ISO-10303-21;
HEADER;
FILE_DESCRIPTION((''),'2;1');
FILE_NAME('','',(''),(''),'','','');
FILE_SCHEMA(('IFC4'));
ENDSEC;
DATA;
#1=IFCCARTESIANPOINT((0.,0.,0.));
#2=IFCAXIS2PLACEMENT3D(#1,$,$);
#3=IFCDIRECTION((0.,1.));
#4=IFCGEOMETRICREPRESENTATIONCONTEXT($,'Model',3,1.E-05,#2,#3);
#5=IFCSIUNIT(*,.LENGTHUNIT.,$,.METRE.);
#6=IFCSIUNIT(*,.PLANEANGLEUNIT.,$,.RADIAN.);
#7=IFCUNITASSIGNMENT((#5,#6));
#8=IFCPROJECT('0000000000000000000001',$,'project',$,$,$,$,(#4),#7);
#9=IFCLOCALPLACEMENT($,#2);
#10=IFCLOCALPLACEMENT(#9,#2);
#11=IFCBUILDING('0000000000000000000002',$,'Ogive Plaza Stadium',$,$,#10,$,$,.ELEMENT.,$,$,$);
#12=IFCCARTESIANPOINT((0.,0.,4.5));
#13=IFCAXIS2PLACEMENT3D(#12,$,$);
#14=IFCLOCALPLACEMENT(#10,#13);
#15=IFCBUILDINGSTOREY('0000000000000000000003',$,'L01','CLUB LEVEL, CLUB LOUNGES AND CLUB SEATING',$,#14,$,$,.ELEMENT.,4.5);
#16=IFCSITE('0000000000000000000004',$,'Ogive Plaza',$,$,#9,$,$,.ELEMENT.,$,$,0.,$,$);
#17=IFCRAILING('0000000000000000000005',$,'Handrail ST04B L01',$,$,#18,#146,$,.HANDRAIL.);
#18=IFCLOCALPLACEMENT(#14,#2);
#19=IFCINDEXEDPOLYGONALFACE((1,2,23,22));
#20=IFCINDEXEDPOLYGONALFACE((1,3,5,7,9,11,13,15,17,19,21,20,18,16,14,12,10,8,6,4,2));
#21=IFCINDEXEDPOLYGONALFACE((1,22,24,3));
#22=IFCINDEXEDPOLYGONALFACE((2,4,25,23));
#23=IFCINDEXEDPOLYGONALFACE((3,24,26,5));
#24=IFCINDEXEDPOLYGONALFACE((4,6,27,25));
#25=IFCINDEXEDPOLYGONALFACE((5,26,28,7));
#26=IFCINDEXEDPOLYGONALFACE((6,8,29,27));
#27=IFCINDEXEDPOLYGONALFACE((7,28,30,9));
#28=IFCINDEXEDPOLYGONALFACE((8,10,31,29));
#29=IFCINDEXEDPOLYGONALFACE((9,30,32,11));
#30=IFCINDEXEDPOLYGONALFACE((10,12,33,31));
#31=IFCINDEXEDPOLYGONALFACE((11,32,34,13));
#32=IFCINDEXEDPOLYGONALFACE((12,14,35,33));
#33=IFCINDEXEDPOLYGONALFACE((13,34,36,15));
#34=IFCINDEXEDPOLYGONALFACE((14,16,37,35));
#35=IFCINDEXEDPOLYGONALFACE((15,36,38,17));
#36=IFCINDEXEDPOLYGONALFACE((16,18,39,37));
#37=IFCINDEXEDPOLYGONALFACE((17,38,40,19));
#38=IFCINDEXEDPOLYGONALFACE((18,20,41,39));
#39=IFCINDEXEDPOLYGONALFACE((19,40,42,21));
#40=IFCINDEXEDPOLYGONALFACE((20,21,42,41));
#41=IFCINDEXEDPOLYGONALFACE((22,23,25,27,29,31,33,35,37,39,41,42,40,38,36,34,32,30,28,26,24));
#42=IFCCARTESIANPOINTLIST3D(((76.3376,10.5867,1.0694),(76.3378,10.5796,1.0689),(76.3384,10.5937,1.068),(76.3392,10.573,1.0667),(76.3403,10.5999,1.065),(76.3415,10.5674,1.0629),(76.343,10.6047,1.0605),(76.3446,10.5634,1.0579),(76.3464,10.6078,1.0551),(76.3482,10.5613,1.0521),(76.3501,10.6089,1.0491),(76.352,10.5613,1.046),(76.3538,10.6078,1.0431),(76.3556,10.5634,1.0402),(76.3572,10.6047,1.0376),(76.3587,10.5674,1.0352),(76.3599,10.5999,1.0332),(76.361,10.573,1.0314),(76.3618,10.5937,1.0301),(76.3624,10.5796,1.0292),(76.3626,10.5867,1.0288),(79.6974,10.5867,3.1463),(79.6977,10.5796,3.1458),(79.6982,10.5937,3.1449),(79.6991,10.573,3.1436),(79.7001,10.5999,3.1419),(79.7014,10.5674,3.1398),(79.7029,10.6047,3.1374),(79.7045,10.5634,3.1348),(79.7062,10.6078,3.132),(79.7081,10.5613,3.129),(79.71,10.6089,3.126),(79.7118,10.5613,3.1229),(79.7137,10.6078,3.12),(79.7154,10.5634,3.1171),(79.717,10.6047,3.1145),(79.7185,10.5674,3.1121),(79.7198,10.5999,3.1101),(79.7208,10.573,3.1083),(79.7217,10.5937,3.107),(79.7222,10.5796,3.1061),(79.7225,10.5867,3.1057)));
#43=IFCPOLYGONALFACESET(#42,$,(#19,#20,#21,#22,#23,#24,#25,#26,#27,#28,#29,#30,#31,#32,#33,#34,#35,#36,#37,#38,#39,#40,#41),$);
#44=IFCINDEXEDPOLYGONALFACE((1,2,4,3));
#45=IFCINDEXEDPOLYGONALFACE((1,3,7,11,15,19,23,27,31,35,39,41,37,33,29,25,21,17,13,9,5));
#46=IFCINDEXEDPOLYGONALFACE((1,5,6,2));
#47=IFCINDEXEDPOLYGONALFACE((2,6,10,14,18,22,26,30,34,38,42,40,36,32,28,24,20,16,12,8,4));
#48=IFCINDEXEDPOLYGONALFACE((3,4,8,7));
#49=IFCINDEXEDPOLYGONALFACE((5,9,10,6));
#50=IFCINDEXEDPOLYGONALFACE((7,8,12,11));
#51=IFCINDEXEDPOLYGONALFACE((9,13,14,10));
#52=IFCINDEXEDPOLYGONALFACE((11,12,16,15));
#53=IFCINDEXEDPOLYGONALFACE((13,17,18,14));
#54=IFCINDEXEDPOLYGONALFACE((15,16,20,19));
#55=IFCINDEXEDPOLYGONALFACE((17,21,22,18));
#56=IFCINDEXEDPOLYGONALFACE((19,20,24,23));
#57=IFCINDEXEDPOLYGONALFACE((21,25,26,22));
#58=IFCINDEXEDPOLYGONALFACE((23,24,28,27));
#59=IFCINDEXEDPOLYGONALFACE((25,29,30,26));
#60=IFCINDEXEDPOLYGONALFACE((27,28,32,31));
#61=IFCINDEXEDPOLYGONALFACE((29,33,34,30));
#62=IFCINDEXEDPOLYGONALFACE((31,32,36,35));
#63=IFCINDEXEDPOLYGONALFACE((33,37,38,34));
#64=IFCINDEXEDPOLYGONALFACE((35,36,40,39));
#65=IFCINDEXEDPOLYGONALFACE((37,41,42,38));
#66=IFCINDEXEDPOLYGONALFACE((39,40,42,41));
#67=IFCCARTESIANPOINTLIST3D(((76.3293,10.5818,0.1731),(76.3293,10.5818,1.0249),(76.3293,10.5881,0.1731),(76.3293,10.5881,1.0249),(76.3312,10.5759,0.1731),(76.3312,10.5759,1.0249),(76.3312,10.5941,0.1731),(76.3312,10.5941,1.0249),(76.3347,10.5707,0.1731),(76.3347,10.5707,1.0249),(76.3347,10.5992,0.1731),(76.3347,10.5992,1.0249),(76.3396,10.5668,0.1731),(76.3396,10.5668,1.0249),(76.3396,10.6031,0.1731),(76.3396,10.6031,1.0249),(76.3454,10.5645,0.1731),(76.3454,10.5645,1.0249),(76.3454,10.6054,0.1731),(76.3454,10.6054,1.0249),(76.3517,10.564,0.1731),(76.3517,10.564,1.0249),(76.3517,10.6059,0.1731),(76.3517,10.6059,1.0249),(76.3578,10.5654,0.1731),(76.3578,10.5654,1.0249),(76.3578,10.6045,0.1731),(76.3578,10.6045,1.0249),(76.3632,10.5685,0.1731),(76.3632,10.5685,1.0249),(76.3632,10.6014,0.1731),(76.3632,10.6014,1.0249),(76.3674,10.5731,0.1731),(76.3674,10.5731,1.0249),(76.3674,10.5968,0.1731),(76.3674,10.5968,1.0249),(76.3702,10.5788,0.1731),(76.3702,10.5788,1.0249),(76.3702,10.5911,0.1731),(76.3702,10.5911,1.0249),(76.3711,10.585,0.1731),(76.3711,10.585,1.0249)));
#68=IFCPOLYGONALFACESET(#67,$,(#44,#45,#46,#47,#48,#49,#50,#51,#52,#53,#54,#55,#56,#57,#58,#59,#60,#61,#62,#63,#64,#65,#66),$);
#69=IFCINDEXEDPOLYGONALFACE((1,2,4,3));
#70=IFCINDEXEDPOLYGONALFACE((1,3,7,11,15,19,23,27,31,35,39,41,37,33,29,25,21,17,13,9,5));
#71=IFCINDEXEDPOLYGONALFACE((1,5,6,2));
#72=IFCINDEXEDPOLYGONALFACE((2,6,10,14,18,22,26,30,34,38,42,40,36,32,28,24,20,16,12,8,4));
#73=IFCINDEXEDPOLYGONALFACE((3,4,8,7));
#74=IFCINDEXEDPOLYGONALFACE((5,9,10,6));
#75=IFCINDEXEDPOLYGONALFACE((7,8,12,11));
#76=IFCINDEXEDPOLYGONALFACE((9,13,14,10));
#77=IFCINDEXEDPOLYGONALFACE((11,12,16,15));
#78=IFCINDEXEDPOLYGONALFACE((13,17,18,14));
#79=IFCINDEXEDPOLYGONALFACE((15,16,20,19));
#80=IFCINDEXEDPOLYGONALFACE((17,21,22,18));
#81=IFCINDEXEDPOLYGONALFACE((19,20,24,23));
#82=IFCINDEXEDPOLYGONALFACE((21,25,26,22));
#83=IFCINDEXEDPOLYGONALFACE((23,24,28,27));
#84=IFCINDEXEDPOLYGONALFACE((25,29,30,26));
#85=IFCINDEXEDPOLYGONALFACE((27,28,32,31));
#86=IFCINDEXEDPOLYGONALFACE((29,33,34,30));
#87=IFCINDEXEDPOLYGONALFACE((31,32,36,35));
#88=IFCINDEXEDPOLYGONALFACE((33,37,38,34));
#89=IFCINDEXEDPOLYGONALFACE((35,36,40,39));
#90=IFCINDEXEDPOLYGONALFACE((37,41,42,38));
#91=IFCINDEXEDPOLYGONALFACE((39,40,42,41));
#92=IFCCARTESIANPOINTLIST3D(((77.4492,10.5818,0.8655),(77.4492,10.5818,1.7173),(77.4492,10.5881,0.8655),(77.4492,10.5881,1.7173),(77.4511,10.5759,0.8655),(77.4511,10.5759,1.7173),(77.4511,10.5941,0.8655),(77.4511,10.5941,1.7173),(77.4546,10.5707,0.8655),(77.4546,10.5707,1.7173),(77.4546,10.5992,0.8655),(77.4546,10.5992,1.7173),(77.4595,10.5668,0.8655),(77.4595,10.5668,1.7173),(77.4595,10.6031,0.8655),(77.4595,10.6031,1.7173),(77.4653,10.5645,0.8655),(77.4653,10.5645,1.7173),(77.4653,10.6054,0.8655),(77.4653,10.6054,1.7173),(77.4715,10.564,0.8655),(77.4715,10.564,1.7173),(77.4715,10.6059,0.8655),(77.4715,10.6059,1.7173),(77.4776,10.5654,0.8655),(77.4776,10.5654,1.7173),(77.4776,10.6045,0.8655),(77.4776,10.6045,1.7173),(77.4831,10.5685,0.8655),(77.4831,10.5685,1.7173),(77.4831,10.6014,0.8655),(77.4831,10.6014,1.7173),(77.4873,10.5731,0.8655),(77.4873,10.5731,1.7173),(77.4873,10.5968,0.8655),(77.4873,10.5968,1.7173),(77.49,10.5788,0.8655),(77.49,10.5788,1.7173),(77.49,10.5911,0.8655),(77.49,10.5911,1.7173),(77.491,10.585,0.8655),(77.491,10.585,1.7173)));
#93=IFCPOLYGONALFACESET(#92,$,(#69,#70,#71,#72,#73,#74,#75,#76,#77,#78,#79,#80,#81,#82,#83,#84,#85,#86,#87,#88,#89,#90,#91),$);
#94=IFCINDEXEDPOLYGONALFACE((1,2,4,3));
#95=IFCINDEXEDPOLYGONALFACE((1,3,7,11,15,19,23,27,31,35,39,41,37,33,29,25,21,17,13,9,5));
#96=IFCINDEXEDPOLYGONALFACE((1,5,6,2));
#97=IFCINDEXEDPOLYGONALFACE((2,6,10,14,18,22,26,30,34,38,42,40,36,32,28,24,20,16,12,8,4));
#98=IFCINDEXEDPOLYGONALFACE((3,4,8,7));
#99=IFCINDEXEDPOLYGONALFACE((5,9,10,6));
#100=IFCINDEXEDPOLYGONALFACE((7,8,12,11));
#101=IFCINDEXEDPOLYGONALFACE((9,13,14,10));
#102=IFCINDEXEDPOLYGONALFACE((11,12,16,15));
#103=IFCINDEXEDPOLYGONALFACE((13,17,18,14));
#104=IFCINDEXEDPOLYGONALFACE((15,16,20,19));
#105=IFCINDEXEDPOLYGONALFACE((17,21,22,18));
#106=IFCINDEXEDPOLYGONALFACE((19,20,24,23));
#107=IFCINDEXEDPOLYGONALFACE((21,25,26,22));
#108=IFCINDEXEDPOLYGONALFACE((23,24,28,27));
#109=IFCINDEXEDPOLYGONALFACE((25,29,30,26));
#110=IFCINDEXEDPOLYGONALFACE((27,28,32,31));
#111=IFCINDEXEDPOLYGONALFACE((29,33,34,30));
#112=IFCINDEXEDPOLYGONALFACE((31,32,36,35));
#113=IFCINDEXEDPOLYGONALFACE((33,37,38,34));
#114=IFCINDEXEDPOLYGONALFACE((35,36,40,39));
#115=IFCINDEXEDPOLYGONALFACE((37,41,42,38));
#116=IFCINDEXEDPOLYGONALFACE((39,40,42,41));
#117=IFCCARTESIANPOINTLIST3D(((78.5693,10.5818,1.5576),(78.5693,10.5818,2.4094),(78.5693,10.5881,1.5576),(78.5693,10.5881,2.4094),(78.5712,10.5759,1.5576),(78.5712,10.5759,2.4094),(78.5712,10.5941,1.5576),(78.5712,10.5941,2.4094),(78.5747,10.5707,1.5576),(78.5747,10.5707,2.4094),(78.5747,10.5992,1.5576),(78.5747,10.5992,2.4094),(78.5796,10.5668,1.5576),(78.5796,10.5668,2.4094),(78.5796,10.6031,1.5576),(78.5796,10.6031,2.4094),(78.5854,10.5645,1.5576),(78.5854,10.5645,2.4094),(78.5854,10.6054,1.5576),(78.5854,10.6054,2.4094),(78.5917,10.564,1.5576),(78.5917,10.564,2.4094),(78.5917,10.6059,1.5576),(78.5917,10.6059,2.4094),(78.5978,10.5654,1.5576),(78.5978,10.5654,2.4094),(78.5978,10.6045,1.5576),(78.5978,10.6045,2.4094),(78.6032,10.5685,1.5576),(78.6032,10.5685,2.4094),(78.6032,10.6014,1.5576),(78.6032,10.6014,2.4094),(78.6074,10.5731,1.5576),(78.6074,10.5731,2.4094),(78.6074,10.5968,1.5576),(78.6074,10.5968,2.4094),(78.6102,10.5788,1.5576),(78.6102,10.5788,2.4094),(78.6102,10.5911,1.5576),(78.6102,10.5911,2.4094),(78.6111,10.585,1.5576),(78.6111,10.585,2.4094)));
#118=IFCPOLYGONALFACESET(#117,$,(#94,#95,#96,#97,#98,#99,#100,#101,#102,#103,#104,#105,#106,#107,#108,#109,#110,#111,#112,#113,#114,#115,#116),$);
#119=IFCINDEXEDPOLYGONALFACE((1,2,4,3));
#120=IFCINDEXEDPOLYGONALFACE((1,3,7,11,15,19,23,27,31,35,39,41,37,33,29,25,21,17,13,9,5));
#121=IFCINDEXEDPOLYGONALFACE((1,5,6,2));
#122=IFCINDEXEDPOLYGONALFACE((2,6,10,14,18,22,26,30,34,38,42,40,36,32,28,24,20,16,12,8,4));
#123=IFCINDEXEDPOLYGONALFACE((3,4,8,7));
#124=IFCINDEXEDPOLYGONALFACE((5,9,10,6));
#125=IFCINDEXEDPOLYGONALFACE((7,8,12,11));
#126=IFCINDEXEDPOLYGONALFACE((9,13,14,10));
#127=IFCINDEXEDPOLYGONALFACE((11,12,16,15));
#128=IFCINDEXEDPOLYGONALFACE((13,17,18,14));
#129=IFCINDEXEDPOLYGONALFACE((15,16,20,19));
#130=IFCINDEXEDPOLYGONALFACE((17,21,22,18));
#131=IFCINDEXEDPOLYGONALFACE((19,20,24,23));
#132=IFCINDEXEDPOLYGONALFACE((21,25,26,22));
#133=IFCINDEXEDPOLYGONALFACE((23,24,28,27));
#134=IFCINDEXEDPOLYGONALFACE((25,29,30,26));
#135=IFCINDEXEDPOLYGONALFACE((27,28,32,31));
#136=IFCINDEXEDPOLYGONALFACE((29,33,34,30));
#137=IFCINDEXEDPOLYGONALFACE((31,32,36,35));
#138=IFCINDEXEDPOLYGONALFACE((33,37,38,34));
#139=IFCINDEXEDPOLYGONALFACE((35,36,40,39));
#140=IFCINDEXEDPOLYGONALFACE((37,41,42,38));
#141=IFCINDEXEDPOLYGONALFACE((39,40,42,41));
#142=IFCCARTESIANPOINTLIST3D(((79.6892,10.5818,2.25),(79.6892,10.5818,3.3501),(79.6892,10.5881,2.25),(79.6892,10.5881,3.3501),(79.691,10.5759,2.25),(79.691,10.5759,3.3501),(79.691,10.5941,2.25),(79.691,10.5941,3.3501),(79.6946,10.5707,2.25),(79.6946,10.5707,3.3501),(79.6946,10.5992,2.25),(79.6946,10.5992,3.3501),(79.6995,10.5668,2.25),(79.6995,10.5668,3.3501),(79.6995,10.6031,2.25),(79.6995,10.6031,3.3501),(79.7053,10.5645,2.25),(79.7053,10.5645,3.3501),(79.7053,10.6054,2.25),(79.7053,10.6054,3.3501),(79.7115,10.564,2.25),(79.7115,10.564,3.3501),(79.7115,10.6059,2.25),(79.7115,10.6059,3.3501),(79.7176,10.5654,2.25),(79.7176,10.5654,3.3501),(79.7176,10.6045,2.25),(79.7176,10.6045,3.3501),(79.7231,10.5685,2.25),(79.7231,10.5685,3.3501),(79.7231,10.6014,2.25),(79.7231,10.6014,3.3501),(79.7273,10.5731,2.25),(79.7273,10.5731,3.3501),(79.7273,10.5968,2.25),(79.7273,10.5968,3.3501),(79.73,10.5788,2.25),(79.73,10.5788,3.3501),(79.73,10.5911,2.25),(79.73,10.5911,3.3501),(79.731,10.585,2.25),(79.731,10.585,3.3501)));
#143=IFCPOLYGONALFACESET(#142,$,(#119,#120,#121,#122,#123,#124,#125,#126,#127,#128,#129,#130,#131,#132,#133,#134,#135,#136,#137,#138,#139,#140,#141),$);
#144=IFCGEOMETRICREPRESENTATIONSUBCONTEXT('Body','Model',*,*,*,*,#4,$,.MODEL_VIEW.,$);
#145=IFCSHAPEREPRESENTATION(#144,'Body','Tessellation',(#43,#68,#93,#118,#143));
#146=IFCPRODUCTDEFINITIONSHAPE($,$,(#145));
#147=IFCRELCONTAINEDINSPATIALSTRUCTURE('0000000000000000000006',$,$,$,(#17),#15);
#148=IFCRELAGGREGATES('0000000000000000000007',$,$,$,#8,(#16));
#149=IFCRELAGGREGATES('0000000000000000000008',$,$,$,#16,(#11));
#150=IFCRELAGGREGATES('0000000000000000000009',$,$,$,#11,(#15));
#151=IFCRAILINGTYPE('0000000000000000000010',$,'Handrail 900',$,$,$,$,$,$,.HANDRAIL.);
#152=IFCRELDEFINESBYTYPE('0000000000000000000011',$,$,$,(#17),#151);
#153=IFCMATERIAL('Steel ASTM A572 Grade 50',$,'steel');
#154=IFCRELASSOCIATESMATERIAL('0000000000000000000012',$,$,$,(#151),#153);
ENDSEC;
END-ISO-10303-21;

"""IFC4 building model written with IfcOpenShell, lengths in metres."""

from ifc_helpers import new_model, si_unit, direction, frame, origin, origin_2d, place, context, subcontext, project, spatial, circle, extrude, material, type_object, element, save


model = new_model("IFC4")

# Units and contexts
model_context = context("Model", 3, precision=1e-05, world=origin(), true_north=direction((0.0, 1.0)))
body_context = subcontext(model_context, "Body", "Model", "MODEL_VIEW")
ifc_project = project(units=[si_unit("LENGTHUNIT", "METRE"), si_unit("PLANEANGLEUNIT", "RADIAN")], contexts=[model_context])

# Site, building, storey
site_placement = place(None, origin())
site = spatial("IfcSite", under=ifc_project, at=site_placement, Name="Ogive Plaza", CompositionType="ELEMENT", RefElevation=0.0)
building_placement = place(site_placement, origin())
building = spatial("IfcBuilding", under=site, at=building_placement, Name="Ogive Plaza Stadium", CompositionType="ELEMENT")
storey_placement = place(building_placement, frame((0.0, 0.0, 4.5)))
storey = spatial("IfcBuildingStorey", under=building, at=storey_placement, Name="L01", Description="CLUB LEVEL, CLUB LOUNGES AND CLUB SEATING", CompositionType="ELEMENT", Elevation=4.5)

# Railing
ifc_material_1 = material(Name="Steel ASTM A572 Grade 50", Category="steel")
railing_type_1 = type_object("IfcRailingType", Name="Handrail 900", PredefinedType="HANDRAIL", material=ifc_material_1)
railing_placement = place(storey_placement, frame((76.3501, 10.585, 0.1731)))
element("IfcRailing", 1, at=railing_placement, inside=storey, type_object=railing_type_1, Name="Handrail ST04B L01", PredefinedType="HANDRAIL", context=body_context, shape_type="SweptSolid", body=[
    extrude(circle(Radius=0.0239, at=origin_2d()), frame((0.0, 0.0, 0.876), z_axis=(0.850606, 0.0, 0.525803), x_axis=(0.0, 1.0, 0.0)), (0.0, 0.0, 1.0), 3.95),
    extrude(circle(Radius=0.021, at=origin_2d()), origin(), (0.0, 0.0, 1.0), 0.8518),
    extrude(circle(Radius=0.021, at=origin_2d()), frame((1.1199, 0.0, 0.6924)), (0.0, 0.0, 1.0), 0.8518),
    extrude(circle(Radius=0.021, at=origin_2d()), frame((2.24, 0.0, 1.3845)), (0.0, 0.0, 1.0), 0.8518),
    extrude(circle(Radius=0.021, at=origin_2d()), frame((3.3599, 0.0, 2.0769)), (0.0, 0.0, 1.0), 1.1001),
])

save(model, "model.ifc")
